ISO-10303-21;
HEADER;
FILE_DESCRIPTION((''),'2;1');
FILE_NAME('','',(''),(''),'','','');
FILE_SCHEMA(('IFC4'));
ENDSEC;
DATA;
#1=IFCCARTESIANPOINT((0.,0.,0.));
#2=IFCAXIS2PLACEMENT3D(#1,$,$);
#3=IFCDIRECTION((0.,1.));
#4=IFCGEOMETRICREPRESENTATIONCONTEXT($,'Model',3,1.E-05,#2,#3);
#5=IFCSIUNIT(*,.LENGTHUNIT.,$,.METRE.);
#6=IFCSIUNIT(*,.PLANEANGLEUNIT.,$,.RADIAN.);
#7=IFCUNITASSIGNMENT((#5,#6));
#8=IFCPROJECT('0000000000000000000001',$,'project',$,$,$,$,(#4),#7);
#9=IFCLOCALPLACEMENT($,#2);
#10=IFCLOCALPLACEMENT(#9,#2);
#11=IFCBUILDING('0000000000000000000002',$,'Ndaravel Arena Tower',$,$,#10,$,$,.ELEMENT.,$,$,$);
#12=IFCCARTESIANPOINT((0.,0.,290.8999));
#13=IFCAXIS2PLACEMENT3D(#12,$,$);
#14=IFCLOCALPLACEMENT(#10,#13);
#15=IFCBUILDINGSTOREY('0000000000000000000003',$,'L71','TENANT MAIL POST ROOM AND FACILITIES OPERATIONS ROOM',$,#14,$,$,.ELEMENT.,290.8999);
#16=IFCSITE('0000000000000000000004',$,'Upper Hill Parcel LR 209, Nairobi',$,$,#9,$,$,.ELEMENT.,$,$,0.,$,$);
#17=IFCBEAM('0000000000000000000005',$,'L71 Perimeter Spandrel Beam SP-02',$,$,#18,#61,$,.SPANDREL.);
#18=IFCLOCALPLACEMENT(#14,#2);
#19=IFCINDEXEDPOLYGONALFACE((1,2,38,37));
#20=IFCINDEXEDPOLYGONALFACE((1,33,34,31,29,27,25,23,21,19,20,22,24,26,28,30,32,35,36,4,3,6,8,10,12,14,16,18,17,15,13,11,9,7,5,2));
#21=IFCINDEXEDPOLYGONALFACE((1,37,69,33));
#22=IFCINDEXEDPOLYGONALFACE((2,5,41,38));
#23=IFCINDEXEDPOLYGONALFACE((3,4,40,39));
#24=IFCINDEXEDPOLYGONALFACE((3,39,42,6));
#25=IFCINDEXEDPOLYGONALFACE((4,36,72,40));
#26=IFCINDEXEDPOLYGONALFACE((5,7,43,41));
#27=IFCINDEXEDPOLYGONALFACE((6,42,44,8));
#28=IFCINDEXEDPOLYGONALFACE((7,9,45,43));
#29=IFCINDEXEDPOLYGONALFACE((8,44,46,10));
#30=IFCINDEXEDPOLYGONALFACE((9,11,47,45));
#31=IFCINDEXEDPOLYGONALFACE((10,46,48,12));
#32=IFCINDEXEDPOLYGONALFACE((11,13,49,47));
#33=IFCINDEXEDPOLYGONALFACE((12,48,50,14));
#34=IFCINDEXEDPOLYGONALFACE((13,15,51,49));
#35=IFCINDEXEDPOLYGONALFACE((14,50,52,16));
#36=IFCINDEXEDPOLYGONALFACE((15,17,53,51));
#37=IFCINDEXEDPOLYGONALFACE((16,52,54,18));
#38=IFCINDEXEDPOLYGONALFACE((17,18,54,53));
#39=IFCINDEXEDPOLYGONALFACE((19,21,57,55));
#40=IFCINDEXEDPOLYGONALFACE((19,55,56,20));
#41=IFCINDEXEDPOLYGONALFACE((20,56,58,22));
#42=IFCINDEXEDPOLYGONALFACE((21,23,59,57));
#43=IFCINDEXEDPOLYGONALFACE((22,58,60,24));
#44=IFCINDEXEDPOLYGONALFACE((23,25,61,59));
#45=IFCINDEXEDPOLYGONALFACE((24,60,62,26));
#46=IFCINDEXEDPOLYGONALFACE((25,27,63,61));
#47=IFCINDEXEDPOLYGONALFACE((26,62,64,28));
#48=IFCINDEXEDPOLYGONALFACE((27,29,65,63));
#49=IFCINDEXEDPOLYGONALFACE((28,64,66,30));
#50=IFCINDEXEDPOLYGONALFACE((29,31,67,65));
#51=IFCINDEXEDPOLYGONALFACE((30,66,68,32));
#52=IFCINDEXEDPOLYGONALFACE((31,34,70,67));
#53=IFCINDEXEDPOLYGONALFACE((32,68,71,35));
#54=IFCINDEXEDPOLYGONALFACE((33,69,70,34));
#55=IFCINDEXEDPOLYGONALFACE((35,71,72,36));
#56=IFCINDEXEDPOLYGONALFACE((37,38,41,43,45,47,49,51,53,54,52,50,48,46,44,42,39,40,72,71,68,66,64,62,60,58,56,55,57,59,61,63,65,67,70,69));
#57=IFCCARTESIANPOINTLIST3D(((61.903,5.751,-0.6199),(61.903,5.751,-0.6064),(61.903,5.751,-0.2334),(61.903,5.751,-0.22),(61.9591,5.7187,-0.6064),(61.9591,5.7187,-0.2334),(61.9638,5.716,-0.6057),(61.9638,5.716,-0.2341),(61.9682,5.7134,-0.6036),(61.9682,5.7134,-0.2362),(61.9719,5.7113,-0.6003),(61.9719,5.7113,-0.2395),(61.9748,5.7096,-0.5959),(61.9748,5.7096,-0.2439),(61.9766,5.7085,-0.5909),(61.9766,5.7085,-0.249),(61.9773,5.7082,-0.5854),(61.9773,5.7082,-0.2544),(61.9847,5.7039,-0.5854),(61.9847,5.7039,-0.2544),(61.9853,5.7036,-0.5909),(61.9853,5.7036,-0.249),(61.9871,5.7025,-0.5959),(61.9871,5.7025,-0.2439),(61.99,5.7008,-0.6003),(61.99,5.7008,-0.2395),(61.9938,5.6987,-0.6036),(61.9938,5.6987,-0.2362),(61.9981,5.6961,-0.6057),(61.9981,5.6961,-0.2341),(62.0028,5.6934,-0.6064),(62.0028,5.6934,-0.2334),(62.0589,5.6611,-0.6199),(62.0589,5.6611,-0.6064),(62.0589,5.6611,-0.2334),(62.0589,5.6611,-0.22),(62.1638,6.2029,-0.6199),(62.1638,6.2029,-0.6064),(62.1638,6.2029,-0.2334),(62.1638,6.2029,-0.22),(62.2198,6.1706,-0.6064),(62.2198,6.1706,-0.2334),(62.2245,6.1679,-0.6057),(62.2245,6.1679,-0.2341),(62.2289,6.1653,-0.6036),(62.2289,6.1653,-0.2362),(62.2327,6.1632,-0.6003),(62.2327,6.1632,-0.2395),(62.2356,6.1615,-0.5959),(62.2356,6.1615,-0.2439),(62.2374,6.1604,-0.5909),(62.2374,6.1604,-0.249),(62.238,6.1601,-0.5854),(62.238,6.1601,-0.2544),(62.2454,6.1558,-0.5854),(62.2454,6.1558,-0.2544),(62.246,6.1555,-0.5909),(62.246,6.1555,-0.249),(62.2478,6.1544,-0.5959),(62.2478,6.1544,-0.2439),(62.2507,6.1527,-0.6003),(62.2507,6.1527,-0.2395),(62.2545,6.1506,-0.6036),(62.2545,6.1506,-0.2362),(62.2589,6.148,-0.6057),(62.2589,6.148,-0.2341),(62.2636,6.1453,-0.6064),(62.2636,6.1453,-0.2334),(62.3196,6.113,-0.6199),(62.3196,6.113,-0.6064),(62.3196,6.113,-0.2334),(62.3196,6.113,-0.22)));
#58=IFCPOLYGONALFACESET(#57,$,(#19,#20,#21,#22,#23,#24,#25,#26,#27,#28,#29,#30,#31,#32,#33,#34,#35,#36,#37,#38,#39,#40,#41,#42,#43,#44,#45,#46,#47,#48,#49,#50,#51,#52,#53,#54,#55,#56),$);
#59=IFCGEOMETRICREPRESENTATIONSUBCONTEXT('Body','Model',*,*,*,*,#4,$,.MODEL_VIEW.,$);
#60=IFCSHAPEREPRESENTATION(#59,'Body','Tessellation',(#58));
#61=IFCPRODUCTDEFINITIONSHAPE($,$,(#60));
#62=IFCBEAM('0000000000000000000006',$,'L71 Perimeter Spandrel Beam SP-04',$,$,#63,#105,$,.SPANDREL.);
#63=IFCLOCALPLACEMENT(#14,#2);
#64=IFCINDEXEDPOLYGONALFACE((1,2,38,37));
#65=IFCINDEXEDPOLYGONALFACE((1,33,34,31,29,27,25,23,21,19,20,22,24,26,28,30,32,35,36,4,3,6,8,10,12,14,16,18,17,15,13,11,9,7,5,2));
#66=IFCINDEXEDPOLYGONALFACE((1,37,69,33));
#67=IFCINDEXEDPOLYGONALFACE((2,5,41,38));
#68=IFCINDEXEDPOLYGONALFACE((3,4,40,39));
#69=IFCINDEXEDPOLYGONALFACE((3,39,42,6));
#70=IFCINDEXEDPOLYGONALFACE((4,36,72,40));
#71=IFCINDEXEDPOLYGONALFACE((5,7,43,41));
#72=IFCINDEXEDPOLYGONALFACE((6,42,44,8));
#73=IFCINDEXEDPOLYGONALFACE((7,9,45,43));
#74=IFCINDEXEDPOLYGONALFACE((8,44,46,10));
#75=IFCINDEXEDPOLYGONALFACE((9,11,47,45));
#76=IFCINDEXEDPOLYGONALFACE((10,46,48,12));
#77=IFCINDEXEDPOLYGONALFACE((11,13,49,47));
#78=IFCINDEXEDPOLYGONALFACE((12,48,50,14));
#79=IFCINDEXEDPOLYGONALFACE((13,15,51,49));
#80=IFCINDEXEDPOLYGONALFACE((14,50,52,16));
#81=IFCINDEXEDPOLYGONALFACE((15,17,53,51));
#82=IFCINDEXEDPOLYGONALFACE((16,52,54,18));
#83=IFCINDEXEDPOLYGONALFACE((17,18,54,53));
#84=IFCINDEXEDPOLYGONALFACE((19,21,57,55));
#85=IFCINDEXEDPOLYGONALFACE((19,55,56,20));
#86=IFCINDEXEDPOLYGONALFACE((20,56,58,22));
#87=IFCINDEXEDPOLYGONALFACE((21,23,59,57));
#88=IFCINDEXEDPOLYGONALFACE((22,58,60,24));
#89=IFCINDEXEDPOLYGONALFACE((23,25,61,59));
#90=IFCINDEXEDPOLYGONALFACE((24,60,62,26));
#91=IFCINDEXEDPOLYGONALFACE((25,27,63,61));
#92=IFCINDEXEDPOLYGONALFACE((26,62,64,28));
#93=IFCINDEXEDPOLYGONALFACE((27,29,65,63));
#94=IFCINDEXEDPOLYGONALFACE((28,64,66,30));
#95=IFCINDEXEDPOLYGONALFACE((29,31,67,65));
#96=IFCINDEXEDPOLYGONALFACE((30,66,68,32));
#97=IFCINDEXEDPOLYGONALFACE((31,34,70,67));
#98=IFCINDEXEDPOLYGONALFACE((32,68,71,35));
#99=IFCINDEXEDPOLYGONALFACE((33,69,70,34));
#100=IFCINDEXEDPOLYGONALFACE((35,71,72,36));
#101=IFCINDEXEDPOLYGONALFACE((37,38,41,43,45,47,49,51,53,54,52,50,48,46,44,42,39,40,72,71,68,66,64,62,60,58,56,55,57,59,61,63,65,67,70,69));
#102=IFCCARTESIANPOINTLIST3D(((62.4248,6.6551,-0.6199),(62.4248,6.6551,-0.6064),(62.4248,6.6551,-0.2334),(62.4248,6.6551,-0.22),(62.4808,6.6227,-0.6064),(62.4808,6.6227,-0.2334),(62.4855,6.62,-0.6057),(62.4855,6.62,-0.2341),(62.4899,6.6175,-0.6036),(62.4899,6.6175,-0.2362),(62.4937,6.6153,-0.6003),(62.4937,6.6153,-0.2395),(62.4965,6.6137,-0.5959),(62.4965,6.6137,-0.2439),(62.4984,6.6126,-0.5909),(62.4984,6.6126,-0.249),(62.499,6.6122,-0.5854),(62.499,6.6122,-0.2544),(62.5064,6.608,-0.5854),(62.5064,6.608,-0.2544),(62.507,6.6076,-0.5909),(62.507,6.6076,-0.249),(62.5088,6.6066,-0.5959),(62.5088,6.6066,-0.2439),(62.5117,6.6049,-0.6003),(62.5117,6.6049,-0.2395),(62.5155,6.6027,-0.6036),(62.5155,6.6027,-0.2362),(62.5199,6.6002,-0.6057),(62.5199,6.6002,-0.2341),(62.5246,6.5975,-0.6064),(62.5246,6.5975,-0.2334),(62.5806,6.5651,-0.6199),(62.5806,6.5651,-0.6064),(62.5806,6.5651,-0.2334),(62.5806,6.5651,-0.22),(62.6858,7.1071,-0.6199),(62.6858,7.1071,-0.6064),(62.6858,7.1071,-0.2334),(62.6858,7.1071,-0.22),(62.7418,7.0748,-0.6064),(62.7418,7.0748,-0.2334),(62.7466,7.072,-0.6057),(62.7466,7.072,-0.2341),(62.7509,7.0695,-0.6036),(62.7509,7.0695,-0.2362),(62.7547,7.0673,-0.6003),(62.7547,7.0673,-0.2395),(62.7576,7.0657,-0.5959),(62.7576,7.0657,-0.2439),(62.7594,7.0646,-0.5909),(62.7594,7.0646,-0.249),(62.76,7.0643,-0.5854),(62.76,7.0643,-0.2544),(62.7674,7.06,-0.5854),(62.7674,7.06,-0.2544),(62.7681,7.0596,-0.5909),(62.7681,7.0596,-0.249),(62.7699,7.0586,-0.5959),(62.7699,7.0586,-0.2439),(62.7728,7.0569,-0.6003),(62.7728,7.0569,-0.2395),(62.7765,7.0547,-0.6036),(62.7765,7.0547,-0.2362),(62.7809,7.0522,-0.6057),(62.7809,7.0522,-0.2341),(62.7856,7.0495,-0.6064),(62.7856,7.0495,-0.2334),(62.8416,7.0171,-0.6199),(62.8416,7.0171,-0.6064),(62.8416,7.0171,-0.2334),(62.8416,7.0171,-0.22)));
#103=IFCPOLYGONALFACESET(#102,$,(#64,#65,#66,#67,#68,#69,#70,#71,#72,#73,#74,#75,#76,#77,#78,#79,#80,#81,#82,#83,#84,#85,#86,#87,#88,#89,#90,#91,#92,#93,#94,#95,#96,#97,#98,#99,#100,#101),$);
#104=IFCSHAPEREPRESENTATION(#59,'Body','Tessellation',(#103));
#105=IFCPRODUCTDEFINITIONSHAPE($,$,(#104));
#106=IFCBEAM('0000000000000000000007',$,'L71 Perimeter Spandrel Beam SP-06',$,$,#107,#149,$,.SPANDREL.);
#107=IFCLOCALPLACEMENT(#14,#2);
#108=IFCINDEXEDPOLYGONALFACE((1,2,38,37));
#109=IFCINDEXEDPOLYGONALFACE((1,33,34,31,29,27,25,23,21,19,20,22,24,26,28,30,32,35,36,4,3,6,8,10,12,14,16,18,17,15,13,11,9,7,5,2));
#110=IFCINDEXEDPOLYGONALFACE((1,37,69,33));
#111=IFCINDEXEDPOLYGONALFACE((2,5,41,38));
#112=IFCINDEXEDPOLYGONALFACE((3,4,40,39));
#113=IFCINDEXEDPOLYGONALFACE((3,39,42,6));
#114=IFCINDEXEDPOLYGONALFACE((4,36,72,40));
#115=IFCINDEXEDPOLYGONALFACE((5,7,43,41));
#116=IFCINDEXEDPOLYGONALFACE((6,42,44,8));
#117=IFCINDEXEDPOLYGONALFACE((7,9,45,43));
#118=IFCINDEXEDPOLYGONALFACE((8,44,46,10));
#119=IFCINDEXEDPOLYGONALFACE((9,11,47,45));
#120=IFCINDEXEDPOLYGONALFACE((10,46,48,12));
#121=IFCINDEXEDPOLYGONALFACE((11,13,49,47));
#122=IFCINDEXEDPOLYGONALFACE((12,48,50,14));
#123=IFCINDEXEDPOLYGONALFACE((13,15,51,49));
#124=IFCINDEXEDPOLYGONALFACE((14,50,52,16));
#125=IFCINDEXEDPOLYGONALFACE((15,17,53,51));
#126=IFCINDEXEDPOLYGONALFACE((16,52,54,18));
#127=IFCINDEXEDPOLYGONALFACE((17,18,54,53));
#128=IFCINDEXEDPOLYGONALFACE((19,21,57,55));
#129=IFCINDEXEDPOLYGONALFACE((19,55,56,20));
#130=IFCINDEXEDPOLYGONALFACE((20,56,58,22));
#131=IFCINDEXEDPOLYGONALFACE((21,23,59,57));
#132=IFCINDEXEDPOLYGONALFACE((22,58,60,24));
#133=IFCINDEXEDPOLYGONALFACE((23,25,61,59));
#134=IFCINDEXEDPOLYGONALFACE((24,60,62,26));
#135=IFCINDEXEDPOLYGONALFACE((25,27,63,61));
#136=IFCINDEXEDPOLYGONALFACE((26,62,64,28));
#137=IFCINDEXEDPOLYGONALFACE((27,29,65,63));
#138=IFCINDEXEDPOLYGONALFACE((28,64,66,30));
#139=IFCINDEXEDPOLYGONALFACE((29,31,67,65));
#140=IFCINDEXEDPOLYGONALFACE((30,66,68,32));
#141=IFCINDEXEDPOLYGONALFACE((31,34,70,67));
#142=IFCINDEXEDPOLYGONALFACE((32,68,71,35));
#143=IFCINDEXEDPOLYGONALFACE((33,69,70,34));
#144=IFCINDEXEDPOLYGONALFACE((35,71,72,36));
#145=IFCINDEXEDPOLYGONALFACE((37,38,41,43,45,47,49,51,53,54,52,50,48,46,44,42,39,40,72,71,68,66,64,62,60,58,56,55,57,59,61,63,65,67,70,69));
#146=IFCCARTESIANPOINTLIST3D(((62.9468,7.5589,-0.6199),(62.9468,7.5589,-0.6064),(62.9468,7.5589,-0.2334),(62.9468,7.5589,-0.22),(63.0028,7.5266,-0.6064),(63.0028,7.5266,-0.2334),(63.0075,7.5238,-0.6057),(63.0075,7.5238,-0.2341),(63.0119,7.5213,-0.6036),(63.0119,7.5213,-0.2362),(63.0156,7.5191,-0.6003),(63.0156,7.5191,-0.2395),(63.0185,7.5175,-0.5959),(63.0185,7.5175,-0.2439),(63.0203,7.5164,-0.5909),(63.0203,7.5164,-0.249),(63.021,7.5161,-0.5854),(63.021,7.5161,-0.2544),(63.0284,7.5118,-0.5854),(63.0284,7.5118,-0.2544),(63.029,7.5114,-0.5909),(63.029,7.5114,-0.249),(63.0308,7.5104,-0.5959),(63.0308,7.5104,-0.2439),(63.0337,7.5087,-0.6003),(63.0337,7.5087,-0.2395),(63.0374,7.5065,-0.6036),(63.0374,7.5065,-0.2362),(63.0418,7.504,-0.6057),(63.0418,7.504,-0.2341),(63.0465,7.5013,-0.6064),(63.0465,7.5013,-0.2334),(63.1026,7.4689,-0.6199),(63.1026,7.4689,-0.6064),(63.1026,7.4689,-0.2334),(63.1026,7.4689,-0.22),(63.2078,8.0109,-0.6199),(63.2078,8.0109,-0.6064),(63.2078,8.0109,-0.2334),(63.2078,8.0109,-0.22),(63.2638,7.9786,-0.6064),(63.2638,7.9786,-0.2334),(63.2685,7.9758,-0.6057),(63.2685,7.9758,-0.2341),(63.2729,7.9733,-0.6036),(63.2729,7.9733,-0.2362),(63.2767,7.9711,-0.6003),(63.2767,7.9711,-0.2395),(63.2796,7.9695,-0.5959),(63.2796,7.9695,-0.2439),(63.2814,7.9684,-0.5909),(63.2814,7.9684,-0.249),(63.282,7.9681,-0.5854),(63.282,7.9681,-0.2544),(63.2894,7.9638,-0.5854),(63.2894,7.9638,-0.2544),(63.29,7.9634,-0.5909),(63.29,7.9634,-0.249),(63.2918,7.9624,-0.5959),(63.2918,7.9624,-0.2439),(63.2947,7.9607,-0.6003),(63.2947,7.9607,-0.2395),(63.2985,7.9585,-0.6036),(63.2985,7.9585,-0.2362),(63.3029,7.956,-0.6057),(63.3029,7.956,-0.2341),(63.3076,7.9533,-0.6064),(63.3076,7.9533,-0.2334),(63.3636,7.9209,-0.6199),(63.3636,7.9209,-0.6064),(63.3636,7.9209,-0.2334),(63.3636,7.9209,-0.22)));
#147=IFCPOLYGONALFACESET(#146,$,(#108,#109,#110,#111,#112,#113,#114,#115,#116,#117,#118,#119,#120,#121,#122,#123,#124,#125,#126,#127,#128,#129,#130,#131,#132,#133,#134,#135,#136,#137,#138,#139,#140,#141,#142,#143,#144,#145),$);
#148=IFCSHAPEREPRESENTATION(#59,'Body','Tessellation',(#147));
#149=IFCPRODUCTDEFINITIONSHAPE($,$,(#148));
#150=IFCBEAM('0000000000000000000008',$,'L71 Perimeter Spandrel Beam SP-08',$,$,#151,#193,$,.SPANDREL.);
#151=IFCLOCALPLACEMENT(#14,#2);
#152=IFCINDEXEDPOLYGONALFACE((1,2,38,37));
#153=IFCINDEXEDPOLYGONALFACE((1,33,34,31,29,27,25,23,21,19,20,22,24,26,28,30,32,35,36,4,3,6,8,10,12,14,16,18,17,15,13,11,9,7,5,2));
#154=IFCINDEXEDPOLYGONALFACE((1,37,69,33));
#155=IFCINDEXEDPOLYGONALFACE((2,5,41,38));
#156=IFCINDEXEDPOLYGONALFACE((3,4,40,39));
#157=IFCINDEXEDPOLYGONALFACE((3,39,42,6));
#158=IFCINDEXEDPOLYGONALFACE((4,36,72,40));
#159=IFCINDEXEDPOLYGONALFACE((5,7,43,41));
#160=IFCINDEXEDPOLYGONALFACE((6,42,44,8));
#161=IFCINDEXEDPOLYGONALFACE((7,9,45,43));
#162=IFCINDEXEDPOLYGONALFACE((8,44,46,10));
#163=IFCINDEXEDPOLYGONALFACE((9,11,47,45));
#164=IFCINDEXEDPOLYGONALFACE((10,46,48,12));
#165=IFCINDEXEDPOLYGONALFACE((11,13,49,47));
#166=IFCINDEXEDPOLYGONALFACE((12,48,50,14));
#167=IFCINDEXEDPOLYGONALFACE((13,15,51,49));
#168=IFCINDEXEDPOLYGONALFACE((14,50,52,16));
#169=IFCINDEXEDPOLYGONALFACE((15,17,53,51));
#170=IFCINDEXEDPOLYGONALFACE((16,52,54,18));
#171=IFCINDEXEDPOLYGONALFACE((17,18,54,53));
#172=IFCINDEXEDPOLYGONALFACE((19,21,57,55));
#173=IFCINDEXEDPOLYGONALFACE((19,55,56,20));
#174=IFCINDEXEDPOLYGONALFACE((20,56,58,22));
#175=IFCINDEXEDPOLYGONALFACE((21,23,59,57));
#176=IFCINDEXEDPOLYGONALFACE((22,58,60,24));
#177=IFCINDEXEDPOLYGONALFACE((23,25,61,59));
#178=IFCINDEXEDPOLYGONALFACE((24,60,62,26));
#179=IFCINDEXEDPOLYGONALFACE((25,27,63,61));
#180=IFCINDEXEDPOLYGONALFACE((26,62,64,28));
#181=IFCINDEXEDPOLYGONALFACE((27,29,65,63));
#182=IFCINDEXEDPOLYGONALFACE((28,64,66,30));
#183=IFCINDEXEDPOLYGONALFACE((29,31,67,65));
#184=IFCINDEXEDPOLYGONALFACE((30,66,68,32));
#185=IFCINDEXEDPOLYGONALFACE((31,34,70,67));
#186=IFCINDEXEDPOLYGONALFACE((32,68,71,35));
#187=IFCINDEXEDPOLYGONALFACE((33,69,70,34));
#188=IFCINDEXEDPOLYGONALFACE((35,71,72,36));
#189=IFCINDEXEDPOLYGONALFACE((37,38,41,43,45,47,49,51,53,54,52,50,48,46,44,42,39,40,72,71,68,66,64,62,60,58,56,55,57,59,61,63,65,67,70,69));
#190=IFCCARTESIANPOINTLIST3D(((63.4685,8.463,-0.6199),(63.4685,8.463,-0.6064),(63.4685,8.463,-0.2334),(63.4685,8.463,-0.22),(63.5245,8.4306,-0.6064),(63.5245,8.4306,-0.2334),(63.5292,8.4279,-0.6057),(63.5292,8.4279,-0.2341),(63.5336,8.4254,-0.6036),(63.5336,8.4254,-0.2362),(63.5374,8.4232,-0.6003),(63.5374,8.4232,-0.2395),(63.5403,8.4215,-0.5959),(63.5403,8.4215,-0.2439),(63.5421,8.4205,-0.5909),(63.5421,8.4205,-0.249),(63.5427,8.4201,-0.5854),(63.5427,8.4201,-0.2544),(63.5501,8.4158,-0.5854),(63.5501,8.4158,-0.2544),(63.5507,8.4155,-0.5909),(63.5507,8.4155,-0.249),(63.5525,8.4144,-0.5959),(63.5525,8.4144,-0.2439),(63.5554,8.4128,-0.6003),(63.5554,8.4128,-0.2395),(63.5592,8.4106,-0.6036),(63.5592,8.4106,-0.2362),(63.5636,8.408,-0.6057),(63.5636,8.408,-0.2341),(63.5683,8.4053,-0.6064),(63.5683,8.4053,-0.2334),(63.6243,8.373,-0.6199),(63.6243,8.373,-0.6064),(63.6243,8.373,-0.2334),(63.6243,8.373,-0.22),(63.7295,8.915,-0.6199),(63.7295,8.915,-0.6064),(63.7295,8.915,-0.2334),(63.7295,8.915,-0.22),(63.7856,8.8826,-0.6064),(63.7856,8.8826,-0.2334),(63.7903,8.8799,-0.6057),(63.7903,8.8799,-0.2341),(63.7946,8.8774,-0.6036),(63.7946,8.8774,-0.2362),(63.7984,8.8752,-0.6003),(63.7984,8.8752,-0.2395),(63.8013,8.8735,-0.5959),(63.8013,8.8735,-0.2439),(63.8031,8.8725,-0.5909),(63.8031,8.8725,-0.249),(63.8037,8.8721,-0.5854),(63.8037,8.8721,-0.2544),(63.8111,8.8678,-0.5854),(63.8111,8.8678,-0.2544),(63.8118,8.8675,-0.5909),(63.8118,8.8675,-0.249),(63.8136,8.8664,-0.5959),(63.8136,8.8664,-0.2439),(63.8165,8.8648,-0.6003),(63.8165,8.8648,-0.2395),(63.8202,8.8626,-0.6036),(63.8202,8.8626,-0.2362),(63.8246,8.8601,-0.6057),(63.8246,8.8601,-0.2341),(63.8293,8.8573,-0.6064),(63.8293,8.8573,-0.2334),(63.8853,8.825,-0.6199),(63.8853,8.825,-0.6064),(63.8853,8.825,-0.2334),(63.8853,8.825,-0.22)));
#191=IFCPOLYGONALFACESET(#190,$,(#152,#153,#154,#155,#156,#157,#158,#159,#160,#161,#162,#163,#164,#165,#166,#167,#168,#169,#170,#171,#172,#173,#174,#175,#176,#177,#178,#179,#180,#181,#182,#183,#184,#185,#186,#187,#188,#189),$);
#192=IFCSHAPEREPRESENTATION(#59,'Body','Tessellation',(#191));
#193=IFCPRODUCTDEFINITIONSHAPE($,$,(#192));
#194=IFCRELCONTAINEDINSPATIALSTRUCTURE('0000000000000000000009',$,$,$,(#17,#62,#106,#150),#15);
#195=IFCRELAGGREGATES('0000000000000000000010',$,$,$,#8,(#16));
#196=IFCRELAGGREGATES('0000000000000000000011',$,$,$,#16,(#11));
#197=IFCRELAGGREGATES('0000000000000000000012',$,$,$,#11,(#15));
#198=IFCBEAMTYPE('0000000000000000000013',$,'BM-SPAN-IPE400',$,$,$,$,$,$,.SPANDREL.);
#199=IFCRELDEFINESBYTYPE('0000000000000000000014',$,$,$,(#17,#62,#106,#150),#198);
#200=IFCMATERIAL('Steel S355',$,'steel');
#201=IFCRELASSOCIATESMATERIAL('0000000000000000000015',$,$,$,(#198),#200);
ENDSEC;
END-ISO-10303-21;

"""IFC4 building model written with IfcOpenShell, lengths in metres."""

from ifc_helpers import new_model, si_unit, direction, frame, origin, origin_2d, place, context, subcontext, project, spatial, i_section, extrude, material, material_profile, profile_set, type_object, element, save


model = new_model("IFC4")

# Units and contexts
model_context = context("Model", 3, precision=1e-05, world=origin(), true_north=direction((0.0, 1.0)))
body_context = subcontext(model_context, "Body", "Model", "MODEL_VIEW")
ifc_project = project(units=[si_unit("LENGTHUNIT", "METRE"), si_unit("PLANEANGLEUNIT", "RADIAN")], contexts=[model_context])

# Site, building, storey
site_placement = place(None, origin())
site = spatial("IfcSite", under=ifc_project, at=site_placement, Name="Upper Hill Parcel LR 209, Nairobi", CompositionType="ELEMENT", RefElevation=0.0)
building_placement = place(site_placement, origin())
building = spatial("IfcBuilding", under=site, at=building_placement, Name="Ndaravel Arena Tower", CompositionType="ELEMENT")
storey_placement = place(building_placement, frame((0.0, 0.0, 290.8999)))
storey = spatial("IfcBuildingStorey", under=building, at=storey_placement, Name="L71", Description="TENANT MAIL POST ROOM AND FACILITIES OPERATIONS ROOM", CompositionType="ELEMENT", Elevation=290.8999)

# Beams
ifc_material_1 = material(Name="Steel S355", Category="steel")
ifc_material_profile_1 = material_profile(ifc_material_1, i_section(OverallWidth=0.1799, OverallDepth=0.3999, WebThickness=0.0085, FlangeThickness=0.0134, FilletRadius=0.021, at=origin_2d()), Name="IPE 400")
ifc_profile_set_1 = profile_set([ifc_material_profile_1], Name="Steel S355")
beam_type = type_object("IfcBeamType", Name="BM-SPAN-IPE400", PredefinedType="SPANDREL", material=ifc_profile_set_1)
beam_1_placement = place(storey_placement, frame((61.981, 5.7061, -0.4199), z_axis=(0.499763, 0.866162, 0.0), x_axis=(-0.866162, 0.499763, 0.0)))
element("IfcBeam", 1, at=beam_1_placement, inside=storey, type_object=beam_type, Name="L71 Perimeter Spandrel Beam SP-02", PredefinedType="SPANDREL", context=body_context, shape_type="SweptSolid", body=[
    extrude(i_section(OverallWidth=0.1799, OverallDepth=0.3999, WebThickness=0.0085, FlangeThickness=0.0134, FilletRadius=0.021, at=origin_2d()), origin(), (0.0, 0.0, 1.0), 0.5217),
])
for number, where, z_axis, x_axis, name in (
    (2, (62.5027, 6.6101, -0.4199), (0.500114, 0.86596, 0.0), (-0.86596, 0.500114, 0.0), "L71 Perimeter Spandrel Beam SP-04"),
    (3, (63.0247, 7.5139, -0.4199), (0.500114, 0.86596, 0.0), (-0.86596, 0.500114, 0.0), "L71 Perimeter Spandrel Beam SP-06"),
    (4, (63.5464, 8.418, -0.4199), (0.500114, 0.86596, 0.0), (-0.86596, 0.500114, 0.0), "L71 Perimeter Spandrel Beam SP-08"),
):
    element("IfcBeam", number, at=place(storey_placement, frame(where, z_axis=z_axis, x_axis=x_axis)), inside=storey, type_object=beam_type, Name=name, PredefinedType="SPANDREL", context=body_context, shape_type="SweptSolid", body=[
        extrude(i_section(OverallWidth=0.1799, OverallDepth=0.3999, WebThickness=0.0085, FlangeThickness=0.0134, FilletRadius=0.021, at=origin_2d()), origin(), (0.0, 0.0, 1.0), 0.522),
    ])

save(model, "model.ifc")
